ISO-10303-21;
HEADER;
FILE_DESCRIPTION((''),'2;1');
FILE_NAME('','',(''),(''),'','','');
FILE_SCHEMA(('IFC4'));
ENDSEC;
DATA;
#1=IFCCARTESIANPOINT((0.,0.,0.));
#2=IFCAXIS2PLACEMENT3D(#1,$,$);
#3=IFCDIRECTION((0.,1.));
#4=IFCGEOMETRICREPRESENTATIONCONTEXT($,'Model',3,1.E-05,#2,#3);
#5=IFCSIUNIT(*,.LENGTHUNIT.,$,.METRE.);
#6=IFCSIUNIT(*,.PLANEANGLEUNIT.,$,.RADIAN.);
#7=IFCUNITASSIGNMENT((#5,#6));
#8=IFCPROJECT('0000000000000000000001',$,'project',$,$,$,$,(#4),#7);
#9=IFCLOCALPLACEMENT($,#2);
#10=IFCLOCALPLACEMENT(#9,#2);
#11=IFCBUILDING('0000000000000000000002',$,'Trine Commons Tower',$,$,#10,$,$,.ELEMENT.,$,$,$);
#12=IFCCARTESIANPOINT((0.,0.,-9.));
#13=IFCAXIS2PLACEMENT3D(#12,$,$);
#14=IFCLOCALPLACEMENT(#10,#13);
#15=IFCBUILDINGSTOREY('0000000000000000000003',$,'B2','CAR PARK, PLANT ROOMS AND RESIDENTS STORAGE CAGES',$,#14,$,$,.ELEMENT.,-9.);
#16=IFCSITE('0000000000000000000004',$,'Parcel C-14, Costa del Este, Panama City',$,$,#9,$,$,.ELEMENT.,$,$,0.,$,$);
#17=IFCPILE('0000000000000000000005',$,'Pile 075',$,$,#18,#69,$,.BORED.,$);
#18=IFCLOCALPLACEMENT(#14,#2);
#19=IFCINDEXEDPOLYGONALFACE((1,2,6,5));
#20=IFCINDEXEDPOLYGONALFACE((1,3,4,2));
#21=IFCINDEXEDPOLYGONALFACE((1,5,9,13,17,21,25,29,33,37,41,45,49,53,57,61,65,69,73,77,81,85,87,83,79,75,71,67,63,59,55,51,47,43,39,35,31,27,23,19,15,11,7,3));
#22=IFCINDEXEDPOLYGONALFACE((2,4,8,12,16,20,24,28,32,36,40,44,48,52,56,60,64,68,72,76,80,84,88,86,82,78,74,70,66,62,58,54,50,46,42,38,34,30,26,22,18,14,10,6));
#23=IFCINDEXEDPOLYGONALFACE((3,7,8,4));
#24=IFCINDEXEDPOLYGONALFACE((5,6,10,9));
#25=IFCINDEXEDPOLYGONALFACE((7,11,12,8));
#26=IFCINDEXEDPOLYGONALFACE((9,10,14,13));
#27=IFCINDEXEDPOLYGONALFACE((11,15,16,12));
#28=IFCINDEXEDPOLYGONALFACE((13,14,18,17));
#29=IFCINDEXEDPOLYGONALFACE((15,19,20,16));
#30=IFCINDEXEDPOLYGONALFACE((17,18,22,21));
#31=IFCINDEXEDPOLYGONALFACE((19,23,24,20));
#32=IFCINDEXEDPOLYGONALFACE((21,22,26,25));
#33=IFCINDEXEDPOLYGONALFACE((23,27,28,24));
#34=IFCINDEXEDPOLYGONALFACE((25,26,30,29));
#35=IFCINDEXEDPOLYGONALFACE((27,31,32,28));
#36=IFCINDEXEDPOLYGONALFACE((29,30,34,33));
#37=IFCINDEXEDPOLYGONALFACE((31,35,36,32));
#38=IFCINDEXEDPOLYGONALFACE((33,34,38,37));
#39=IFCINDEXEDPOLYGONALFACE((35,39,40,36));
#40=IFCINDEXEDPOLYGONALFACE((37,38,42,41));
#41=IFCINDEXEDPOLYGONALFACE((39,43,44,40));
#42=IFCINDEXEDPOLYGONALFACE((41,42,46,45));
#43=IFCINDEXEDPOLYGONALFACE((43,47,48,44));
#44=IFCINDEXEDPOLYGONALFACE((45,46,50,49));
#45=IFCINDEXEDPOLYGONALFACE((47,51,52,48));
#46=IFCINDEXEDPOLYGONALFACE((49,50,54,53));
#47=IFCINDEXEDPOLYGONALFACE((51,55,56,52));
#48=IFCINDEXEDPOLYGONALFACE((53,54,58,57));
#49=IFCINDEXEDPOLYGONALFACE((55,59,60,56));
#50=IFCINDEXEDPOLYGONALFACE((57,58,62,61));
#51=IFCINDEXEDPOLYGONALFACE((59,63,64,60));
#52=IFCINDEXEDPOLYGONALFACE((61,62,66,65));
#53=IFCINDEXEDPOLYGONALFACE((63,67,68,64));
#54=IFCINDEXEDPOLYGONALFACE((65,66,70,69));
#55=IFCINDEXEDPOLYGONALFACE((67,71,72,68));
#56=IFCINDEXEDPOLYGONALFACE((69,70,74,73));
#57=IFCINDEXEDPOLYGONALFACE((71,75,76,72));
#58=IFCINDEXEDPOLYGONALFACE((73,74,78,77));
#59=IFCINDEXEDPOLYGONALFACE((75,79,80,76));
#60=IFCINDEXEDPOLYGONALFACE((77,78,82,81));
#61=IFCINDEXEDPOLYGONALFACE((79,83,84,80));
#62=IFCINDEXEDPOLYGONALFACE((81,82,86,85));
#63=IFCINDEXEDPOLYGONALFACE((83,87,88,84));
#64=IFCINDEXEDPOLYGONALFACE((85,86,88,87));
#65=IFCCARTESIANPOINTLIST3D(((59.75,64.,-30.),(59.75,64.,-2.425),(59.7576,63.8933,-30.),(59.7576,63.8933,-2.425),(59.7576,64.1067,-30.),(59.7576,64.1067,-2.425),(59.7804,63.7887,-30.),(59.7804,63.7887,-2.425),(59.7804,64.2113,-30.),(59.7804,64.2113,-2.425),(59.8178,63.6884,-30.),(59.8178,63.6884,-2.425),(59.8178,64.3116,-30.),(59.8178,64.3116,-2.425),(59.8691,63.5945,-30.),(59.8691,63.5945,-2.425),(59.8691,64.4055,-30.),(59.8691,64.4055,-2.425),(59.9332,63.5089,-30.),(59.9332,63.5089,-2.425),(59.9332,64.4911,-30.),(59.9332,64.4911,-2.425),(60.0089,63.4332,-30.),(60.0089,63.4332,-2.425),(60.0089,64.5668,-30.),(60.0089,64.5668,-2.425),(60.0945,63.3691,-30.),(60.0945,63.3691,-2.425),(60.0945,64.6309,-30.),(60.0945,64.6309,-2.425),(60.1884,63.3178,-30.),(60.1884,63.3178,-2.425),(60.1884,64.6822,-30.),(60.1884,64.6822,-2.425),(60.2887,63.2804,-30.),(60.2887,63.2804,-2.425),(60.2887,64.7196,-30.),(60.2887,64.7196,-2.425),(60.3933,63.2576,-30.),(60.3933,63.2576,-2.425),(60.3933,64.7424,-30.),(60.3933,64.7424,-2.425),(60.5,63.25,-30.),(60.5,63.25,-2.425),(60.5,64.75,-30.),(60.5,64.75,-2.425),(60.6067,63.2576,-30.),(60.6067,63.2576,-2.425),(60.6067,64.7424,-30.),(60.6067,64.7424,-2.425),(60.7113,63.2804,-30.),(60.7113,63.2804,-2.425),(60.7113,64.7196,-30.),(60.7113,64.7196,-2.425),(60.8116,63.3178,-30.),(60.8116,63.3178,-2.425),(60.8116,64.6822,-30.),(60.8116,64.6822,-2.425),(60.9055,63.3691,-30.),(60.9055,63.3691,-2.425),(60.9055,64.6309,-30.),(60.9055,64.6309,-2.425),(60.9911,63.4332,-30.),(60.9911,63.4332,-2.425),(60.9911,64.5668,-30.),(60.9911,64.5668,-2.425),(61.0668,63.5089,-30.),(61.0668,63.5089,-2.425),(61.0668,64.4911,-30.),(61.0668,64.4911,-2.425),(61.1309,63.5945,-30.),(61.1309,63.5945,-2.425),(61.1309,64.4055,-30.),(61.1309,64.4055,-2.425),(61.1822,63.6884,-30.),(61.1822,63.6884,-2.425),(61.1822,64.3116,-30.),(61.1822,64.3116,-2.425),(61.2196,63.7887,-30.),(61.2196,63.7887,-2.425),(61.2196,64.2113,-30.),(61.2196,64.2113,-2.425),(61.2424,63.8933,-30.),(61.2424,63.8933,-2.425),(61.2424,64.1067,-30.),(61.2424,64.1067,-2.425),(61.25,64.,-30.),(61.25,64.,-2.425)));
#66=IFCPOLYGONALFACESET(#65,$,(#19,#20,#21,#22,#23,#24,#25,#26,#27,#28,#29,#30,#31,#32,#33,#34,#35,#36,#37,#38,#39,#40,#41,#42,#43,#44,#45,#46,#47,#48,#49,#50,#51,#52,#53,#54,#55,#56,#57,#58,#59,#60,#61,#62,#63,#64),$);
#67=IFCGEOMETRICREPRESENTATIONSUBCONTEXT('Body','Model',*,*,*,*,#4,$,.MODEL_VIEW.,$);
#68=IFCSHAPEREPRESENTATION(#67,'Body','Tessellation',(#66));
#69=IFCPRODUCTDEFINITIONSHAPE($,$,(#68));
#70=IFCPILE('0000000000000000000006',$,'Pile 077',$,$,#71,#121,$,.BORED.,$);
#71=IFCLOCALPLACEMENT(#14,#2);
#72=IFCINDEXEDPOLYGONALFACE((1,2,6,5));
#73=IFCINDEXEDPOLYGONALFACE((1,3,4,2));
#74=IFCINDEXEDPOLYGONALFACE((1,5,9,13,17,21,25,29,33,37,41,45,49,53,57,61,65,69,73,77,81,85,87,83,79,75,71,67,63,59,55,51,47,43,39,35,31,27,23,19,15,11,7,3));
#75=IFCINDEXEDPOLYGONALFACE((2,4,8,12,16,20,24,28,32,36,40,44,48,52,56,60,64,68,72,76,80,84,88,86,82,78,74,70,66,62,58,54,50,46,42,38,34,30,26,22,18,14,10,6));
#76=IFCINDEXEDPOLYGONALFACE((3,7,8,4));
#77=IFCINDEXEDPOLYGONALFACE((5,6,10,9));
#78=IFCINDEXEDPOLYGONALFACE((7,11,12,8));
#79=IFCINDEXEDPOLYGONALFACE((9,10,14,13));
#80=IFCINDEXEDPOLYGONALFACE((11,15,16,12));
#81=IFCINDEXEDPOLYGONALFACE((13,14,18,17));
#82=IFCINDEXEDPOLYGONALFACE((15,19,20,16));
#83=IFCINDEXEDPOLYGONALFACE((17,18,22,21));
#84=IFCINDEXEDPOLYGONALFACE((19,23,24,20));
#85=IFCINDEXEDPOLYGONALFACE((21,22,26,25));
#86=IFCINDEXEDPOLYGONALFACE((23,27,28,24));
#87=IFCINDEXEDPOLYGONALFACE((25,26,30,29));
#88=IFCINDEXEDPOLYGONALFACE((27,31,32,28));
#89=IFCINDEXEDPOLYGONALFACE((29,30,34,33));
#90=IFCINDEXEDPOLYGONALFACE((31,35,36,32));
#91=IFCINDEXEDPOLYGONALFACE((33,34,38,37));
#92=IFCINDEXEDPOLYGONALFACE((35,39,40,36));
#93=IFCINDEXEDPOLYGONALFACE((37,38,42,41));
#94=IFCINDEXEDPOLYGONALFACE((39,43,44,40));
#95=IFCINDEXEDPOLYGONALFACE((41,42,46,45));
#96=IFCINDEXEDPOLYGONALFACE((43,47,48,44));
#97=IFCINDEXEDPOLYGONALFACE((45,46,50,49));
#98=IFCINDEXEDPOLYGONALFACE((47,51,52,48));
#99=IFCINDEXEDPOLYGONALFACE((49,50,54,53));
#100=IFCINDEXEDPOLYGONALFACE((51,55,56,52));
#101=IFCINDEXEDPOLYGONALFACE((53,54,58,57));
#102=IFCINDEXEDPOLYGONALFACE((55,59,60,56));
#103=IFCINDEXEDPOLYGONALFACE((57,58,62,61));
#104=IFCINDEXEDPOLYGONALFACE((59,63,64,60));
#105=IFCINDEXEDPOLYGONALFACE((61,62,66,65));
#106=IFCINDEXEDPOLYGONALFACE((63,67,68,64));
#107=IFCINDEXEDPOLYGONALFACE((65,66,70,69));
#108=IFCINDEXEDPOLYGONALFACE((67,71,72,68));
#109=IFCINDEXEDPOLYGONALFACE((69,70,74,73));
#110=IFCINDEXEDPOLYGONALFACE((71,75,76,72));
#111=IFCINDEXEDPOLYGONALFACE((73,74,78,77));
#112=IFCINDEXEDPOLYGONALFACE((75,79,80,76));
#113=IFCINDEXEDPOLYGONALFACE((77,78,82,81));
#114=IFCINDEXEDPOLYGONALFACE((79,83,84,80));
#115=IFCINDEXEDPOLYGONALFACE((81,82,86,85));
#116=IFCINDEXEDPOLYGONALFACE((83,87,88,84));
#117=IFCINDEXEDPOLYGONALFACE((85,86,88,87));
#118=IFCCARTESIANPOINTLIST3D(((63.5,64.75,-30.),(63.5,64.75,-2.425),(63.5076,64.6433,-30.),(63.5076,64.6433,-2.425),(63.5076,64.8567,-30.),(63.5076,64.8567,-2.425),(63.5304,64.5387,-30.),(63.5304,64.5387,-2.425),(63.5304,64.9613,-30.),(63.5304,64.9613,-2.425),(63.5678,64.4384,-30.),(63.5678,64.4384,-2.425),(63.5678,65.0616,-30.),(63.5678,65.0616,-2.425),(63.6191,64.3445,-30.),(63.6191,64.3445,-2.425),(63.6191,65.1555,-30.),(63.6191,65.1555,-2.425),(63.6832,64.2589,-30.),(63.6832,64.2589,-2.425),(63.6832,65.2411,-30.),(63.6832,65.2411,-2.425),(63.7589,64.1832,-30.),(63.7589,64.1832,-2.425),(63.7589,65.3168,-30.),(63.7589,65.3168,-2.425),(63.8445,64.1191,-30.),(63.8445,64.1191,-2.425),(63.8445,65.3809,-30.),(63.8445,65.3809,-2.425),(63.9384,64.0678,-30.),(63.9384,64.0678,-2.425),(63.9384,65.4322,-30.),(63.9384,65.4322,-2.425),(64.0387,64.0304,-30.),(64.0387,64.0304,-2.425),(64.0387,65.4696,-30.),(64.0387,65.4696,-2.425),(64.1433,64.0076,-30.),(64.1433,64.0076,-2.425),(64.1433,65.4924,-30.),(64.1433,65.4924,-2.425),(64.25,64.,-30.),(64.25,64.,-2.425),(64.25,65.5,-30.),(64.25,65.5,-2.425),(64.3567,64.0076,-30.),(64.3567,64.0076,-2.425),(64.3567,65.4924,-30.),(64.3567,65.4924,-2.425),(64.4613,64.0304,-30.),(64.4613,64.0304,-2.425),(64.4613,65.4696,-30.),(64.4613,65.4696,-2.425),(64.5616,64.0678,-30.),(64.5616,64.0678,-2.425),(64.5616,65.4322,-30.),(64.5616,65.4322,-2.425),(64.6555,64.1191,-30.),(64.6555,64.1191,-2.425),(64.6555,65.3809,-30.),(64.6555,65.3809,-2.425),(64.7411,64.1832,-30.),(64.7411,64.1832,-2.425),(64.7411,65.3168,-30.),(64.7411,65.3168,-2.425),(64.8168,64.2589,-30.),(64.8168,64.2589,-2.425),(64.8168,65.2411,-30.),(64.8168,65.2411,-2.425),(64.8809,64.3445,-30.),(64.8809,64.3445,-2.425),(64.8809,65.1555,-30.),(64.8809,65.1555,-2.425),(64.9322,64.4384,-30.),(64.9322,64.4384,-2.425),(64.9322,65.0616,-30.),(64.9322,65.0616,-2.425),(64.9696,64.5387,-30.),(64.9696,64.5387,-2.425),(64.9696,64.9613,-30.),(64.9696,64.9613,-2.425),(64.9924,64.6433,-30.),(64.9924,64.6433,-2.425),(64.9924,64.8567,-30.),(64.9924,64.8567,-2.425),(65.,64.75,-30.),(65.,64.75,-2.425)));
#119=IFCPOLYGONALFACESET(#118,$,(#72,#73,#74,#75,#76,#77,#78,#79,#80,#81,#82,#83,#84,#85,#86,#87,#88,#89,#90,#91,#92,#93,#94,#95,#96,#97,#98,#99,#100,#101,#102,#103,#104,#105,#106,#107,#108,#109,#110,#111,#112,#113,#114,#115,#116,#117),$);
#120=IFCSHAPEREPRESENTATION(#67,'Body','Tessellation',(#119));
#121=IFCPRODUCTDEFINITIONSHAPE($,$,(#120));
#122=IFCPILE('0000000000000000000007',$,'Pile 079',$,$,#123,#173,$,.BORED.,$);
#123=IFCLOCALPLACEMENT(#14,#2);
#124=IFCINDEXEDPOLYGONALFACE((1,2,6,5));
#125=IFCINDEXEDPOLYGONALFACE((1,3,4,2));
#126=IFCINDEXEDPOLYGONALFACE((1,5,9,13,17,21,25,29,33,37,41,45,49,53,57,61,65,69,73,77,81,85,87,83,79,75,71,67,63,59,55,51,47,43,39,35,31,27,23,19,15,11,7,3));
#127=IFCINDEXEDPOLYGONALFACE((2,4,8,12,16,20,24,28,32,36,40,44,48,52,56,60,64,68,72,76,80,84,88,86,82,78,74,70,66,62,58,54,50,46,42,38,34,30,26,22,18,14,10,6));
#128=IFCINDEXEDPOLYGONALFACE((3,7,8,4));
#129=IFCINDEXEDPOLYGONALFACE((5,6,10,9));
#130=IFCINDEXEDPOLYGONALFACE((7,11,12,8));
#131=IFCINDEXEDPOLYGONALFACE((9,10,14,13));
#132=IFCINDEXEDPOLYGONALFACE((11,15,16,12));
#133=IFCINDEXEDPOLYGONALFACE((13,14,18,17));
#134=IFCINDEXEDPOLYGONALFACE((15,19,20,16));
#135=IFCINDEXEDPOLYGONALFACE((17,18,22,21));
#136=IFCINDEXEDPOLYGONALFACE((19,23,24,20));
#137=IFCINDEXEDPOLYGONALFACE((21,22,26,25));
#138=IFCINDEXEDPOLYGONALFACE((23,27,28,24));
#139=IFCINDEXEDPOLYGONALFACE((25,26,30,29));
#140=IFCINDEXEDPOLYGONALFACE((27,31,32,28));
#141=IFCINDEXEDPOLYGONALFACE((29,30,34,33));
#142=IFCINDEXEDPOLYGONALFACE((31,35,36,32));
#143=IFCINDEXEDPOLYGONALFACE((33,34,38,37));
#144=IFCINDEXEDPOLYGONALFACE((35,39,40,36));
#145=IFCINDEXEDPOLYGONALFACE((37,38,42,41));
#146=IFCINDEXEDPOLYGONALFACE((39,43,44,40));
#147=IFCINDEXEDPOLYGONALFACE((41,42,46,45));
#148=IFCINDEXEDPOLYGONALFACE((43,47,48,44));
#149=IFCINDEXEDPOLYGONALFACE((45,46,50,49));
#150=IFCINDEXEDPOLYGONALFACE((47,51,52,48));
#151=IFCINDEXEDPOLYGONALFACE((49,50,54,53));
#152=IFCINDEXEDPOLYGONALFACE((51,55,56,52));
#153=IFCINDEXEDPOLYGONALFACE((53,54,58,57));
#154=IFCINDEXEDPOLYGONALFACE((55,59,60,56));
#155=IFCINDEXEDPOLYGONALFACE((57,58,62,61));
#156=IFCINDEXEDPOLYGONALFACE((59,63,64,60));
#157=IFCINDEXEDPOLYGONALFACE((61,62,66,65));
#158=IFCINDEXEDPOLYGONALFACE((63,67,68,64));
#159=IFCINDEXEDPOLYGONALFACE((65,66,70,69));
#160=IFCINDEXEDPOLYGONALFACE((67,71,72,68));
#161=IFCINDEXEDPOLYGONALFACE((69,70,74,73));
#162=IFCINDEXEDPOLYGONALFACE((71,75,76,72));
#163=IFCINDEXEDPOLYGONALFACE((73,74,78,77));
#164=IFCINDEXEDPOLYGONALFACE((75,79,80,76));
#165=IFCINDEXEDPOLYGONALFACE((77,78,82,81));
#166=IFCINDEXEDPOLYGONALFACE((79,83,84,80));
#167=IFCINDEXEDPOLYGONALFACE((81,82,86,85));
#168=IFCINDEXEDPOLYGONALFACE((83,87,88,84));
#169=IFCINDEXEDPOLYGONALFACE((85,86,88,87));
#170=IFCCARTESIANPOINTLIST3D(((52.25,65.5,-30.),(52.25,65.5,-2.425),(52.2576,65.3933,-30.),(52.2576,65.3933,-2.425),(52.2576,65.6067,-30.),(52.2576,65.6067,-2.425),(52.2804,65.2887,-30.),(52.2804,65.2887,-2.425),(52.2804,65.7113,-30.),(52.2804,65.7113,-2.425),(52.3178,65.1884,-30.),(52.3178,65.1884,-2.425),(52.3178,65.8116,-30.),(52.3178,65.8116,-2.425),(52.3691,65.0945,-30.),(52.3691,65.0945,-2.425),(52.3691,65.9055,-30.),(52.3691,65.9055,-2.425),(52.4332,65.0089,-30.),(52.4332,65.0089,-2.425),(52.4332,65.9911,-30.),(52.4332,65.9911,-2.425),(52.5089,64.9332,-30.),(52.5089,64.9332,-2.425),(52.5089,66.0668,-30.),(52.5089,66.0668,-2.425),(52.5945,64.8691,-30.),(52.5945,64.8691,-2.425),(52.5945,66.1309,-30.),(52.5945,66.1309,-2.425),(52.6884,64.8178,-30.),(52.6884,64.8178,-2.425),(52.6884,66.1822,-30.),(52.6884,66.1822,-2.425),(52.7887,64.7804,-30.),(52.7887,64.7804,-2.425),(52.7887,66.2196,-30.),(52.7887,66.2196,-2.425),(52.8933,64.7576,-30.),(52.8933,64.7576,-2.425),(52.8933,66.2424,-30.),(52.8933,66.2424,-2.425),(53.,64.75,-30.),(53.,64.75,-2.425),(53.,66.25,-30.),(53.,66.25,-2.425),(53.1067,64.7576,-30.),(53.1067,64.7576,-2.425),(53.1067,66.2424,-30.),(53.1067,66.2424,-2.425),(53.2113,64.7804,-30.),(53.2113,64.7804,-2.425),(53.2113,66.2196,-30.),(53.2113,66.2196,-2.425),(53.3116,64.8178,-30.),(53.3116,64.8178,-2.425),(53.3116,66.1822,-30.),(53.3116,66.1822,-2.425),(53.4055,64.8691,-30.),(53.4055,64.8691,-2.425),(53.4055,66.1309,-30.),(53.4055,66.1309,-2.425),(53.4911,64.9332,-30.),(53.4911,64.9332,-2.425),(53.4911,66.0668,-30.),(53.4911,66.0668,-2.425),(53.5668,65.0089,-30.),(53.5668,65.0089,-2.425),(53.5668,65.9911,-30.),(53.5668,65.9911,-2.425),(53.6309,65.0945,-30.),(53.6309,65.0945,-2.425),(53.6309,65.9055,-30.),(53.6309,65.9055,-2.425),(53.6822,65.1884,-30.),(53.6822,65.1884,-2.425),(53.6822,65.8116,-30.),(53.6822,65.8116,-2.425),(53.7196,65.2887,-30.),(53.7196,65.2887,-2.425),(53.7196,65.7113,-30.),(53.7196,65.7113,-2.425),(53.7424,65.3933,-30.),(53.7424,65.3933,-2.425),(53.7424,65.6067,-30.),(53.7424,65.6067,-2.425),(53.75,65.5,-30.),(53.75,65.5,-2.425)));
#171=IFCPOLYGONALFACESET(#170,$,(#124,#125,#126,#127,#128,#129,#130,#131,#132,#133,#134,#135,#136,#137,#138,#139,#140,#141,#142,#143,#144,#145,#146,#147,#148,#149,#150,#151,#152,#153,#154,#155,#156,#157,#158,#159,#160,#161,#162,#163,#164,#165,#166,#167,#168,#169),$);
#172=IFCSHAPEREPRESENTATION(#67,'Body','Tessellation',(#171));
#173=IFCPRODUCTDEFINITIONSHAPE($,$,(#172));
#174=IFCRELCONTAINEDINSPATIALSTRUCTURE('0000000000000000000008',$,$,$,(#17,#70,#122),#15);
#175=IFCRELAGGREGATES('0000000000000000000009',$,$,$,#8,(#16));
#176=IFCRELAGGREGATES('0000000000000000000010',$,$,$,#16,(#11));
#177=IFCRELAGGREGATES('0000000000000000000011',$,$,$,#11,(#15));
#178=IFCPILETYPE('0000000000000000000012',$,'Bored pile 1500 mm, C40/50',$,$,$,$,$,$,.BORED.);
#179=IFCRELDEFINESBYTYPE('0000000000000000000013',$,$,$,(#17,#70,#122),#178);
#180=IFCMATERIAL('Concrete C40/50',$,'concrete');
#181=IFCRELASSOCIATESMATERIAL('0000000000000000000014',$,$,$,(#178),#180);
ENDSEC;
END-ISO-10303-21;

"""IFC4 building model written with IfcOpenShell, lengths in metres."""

from ifc_helpers import new_model, si_unit, direction, frame, origin, origin_2d, place, context, subcontext, project, spatial, circle, extrude, material, type_object, element, save


model = new_model("IFC4")

# Units and contexts
model_context = context("Model", 3, precision=1e-05, world=origin(), true_north=direction((0.0, 1.0)))
body_context = subcontext(model_context, "Body", "Model", "MODEL_VIEW")
ifc_project = project(units=[si_unit("LENGTHUNIT", "METRE"), si_unit("PLANEANGLEUNIT", "RADIAN")], contexts=[model_context])

# Site, building, storey
site_placement = place(None, origin())
site = spatial("IfcSite", under=ifc_project, at=site_placement, Name="Parcel C-14, Costa del Este, Panama City", CompositionType="ELEMENT", RefElevation=0.0)
building_placement = place(site_placement, origin())
building = spatial("IfcBuilding", under=site, at=building_placement, Name="Trine Commons Tower", CompositionType="ELEMENT")
storey_placement = place(building_placement, frame((0.0, 0.0, -9.0)))
storey = spatial("IfcBuildingStorey", under=building, at=storey_placement, Name="B2", Description="CAR PARK, PLANT ROOMS AND RESIDENTS STORAGE CAGES", CompositionType="ELEMENT", Elevation=-9.0)

# Piles
ifc_material_1 = material(Name="Concrete C40/50", Category="concrete")
pile_type_1 = type_object("IfcPileType", Name="Bored pile 1500 mm, C40/50", PredefinedType="BORED", material=ifc_material_1)
for number, where, z_axis, x_axis, name in (
    (1, (60.5, 64.0, -2.425), (0.0, 0.0, -1.0), (1.0, 0.0, 0.0), "Pile 075"),
    (2, (64.25, 64.75, -2.425), (0.0, 0.0, -1.0), (1.0, 0.0, 0.0), "Pile 077"),
    (3, (53.0, 65.5, -2.425), (0.0, 0.0, -1.0), (1.0, 0.0, 0.0), "Pile 079"),
):
    element("IfcPile", number, at=place(storey_placement, frame(where, z_axis=z_axis, x_axis=x_axis)), inside=storey, type_object=pile_type_1, Name=name, PredefinedType="BORED", context=body_context, shape_type="SweptSolid", body=[
        extrude(circle(Radius=0.75, at=origin_2d()), origin(), (0.0, 0.0, 1.0), 27.575),
    ])

save(model, "model.ifc")
